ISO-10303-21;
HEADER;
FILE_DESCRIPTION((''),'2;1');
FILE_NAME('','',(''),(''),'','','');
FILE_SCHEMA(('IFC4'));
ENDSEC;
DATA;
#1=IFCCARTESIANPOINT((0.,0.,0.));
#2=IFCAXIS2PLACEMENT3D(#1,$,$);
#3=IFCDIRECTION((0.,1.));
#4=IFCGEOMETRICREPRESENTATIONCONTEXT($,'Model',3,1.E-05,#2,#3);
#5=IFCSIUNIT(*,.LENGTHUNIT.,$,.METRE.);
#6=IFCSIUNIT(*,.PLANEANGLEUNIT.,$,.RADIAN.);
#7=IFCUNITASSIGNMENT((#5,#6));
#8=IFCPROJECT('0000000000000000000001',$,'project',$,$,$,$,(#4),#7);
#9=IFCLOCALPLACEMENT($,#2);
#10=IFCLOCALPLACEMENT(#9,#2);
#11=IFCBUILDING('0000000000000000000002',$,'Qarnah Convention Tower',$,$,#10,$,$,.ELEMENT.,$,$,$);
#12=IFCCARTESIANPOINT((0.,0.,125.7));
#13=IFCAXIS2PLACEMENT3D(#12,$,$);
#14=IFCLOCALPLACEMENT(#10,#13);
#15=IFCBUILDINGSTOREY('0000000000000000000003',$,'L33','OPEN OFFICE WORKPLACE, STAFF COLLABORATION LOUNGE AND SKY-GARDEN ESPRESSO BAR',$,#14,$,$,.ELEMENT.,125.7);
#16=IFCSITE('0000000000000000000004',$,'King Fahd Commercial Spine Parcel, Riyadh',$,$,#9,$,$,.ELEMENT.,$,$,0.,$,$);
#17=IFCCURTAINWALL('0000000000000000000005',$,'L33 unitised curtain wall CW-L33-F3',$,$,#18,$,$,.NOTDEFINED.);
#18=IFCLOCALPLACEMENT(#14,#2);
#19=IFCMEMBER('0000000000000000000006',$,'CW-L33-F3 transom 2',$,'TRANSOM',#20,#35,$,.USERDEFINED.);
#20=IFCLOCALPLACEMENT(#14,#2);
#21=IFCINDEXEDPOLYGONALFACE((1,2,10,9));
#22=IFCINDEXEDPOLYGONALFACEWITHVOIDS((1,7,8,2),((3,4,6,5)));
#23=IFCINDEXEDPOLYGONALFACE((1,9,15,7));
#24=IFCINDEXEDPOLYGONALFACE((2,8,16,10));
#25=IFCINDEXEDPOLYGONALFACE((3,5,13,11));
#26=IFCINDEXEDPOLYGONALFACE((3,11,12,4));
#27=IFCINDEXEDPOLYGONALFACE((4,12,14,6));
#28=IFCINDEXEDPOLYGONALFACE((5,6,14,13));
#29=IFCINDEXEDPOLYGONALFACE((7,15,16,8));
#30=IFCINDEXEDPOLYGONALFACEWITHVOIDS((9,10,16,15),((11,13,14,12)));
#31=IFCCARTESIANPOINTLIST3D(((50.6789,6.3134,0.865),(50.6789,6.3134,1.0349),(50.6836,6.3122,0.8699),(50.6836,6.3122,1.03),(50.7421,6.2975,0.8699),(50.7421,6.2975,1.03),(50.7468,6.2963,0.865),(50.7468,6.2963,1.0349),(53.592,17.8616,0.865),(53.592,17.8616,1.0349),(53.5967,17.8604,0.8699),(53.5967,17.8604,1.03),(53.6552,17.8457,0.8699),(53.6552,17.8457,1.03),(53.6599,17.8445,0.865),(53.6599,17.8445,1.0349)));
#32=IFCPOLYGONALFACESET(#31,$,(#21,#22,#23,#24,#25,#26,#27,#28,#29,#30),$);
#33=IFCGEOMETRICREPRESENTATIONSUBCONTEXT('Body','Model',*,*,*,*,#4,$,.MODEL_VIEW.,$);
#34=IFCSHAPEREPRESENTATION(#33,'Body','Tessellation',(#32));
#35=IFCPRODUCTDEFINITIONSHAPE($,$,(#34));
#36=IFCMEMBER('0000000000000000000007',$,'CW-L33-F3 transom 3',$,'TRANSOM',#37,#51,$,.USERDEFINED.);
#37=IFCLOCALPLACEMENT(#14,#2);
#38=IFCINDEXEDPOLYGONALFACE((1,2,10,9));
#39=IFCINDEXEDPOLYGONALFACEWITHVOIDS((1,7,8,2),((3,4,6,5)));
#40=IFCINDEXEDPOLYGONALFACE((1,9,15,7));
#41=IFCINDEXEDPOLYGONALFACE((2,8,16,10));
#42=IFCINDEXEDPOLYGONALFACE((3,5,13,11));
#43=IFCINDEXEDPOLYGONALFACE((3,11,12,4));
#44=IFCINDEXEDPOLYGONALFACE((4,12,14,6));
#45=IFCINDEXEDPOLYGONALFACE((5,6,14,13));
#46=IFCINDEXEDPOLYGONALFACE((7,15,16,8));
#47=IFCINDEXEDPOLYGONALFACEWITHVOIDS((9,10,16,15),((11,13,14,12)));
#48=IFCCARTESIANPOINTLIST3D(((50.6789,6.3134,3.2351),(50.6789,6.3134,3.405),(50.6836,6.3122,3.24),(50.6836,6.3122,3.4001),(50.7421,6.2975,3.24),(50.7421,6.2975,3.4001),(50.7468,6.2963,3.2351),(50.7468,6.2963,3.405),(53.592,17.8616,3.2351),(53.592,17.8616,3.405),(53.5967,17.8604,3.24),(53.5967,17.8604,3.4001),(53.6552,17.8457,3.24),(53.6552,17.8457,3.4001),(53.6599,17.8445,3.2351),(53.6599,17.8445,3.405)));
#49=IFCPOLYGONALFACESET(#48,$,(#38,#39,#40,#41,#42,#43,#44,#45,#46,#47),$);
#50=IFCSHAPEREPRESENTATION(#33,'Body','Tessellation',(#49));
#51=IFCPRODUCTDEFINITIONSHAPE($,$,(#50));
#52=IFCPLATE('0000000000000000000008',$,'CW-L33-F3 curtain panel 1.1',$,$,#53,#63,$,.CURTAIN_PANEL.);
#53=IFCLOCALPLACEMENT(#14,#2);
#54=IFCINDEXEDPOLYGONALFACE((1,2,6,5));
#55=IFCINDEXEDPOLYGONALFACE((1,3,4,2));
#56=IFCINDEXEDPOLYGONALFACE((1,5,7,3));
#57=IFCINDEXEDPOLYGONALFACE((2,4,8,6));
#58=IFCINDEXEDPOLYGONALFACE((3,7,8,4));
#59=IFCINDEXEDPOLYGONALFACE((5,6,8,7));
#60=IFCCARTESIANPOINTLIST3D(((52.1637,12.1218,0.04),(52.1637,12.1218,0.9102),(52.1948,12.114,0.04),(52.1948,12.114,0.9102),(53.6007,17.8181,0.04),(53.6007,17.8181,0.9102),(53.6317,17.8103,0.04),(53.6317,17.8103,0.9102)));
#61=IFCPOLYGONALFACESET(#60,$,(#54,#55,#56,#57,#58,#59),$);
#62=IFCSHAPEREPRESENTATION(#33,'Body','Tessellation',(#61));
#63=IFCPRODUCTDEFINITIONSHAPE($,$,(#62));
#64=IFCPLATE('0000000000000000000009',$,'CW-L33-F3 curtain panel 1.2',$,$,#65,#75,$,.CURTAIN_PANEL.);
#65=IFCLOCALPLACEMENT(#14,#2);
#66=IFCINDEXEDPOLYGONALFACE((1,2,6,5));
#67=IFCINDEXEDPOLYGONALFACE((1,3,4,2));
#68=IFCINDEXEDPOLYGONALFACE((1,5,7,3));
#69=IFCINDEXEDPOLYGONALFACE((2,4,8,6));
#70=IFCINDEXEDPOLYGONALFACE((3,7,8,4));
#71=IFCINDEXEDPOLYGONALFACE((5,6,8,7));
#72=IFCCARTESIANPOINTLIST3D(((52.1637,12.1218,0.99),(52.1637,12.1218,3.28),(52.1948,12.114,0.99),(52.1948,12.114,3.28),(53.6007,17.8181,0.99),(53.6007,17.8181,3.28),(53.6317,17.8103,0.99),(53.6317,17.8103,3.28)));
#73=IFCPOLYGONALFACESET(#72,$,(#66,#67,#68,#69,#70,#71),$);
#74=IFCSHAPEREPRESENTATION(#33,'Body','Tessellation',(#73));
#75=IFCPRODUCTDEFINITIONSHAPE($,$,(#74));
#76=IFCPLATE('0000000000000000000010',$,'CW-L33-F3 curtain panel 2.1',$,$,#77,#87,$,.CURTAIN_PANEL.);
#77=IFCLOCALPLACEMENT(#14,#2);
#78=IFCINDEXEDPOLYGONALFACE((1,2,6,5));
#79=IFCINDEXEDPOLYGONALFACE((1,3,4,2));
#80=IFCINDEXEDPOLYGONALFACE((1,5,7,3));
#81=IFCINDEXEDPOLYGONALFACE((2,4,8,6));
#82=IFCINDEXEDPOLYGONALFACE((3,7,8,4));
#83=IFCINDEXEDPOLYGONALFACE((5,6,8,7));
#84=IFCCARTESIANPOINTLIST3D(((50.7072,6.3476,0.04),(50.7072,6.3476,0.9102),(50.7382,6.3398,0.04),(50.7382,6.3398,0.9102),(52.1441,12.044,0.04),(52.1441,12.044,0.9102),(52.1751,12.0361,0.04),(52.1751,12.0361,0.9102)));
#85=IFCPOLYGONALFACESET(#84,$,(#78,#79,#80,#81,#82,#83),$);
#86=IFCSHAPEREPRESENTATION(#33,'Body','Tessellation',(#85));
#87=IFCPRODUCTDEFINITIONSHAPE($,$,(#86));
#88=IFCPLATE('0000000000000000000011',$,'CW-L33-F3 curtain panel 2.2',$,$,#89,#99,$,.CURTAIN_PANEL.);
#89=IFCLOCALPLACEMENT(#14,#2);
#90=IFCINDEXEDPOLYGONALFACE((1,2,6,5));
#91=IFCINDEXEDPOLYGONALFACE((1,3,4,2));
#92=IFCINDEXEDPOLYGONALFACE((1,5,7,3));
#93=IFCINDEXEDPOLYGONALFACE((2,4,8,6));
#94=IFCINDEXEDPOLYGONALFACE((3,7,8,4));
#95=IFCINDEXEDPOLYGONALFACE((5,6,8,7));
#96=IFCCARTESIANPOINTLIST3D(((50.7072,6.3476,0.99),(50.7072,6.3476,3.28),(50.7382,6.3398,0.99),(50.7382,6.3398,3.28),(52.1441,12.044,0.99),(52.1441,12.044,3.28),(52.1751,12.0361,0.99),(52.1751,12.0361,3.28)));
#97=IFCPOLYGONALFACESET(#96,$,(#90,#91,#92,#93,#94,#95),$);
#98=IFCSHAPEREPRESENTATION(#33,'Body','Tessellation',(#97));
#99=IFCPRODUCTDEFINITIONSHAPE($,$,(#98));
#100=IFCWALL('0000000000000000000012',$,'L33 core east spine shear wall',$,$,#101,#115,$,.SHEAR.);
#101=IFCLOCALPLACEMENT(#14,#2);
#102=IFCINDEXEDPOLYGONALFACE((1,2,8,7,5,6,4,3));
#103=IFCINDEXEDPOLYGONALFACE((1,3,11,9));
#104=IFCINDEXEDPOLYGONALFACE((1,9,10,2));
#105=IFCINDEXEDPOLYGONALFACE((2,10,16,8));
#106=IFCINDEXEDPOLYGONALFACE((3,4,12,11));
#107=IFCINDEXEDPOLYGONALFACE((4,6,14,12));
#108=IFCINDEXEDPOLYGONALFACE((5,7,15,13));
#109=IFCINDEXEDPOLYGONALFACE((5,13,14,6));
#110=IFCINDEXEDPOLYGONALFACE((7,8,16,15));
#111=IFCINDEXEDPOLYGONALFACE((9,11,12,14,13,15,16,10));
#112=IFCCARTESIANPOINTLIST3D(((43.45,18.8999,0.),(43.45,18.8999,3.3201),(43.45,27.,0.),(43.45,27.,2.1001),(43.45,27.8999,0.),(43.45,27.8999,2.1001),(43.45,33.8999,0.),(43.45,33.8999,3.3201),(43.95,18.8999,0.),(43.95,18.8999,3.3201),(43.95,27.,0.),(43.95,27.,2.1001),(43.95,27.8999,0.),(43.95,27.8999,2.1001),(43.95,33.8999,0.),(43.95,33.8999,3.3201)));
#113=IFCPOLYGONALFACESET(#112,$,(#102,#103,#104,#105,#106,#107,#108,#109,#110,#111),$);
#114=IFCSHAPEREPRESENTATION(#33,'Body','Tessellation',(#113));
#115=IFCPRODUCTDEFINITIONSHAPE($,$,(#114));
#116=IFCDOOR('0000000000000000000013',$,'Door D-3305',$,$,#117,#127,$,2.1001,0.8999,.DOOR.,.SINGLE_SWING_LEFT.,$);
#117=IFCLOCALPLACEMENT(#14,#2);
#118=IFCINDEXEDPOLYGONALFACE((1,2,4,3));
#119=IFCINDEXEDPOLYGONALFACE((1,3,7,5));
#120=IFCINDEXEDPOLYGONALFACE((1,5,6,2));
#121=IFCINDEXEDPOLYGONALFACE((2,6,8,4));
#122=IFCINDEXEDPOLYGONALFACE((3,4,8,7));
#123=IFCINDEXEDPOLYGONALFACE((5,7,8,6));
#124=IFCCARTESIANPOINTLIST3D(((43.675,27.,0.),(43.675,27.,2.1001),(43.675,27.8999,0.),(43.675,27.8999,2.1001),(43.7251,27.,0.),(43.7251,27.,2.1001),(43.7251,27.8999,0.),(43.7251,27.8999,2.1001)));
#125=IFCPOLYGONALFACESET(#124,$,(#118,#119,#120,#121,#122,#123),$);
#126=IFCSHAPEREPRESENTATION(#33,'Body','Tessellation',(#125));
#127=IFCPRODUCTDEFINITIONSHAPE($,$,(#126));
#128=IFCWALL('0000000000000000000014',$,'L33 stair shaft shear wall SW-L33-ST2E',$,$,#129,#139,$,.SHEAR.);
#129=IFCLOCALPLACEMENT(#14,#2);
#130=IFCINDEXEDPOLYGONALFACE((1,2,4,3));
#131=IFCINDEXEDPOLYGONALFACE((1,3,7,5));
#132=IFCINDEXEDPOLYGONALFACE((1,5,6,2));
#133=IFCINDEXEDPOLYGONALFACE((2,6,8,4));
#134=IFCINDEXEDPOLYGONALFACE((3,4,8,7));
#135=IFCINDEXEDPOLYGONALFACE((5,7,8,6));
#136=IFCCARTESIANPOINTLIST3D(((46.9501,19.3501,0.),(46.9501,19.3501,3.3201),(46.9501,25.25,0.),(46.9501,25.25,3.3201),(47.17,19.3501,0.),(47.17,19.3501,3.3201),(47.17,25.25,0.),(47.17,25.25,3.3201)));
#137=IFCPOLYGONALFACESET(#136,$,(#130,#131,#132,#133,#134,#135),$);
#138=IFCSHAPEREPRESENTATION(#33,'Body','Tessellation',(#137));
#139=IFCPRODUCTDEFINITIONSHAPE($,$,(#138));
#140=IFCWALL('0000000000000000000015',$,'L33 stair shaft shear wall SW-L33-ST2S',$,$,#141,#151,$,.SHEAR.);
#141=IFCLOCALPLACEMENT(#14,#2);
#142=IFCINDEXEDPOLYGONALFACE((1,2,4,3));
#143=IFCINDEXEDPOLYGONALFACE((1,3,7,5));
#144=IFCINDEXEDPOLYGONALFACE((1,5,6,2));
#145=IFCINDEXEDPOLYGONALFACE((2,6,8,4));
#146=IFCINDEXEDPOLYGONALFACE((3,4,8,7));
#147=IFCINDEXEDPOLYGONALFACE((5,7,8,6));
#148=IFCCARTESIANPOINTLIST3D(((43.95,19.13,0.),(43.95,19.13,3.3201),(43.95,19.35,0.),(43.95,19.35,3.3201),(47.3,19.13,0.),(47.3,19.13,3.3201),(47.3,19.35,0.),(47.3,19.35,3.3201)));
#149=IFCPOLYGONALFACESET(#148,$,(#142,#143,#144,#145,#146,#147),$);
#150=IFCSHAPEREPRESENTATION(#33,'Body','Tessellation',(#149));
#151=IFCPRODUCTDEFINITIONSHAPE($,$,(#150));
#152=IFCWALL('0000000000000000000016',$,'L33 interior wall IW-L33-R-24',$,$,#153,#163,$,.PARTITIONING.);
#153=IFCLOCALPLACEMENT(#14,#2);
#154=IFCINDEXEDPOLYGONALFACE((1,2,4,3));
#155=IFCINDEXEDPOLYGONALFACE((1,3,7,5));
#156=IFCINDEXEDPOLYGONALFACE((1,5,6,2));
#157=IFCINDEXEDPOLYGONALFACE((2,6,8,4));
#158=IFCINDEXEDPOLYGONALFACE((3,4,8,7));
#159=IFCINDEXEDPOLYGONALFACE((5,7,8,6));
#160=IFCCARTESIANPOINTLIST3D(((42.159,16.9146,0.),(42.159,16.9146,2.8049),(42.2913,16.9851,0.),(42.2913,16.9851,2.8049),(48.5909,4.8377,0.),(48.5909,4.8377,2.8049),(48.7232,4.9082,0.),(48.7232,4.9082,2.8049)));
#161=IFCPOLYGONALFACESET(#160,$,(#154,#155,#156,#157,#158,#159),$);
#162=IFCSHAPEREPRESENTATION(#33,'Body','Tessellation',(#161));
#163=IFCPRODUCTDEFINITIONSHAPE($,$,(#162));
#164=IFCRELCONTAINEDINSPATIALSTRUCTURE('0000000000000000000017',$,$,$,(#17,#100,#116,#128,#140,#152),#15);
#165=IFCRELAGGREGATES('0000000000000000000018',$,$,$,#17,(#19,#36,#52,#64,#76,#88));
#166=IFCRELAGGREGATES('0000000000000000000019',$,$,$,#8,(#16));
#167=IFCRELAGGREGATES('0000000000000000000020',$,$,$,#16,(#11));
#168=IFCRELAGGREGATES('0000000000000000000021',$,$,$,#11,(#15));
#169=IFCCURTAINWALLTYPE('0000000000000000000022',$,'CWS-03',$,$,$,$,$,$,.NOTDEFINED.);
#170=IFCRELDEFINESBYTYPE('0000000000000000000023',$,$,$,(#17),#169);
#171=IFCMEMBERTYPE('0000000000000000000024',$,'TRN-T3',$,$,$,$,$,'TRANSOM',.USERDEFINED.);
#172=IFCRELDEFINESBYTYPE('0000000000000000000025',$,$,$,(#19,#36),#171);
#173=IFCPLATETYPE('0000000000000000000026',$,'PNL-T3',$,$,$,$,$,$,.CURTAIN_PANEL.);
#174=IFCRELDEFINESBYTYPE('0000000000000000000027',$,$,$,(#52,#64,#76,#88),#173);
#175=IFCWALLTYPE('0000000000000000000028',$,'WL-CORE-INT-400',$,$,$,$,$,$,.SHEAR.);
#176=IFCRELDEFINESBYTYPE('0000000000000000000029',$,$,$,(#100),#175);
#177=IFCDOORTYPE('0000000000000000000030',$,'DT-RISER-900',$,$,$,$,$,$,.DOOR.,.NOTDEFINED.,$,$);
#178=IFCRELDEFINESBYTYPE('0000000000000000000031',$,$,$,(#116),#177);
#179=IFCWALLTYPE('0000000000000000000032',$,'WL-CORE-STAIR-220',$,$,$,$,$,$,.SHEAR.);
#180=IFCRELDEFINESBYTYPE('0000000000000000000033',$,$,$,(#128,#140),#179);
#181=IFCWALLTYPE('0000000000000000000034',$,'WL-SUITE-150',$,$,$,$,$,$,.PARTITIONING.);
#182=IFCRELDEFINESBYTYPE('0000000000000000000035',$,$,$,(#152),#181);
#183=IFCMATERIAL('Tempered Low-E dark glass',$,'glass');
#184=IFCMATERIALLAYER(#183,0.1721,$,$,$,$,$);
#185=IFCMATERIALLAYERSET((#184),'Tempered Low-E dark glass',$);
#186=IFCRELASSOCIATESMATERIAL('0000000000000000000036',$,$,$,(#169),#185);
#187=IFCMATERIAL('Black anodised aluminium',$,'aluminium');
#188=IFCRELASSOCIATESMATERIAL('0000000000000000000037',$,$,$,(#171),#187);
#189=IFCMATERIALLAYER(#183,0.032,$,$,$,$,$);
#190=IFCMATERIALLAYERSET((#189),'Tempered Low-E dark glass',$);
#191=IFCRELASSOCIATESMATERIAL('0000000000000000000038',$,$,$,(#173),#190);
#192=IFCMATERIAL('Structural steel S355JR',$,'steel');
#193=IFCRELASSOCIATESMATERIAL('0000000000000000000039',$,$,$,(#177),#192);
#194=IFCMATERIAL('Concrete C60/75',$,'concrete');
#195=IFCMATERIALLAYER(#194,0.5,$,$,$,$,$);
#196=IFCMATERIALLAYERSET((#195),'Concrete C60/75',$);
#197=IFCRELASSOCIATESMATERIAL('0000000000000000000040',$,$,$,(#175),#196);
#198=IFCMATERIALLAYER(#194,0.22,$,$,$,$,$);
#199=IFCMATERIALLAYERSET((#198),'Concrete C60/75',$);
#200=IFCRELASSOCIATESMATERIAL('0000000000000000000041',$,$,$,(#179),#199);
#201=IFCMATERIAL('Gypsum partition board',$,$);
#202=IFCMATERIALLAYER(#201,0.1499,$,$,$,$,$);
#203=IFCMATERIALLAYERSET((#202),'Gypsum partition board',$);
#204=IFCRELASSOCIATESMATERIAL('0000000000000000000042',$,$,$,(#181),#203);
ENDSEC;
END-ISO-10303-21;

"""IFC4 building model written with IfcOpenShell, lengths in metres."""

from ifc_helpers import new_model, si_unit, direction, frame, frame_2d, origin, origin_2d, place, context, subcontext, project, spatial, rectangle, hollow_rectangle, extrude, material, layer, layer_set, material_profile, profile_set, type_object, element, fill, aggregate, save


model = new_model("IFC4")

# Units and contexts
model_context = context("Model", 3, precision=1e-05, world=origin(), true_north=direction((0.0, 1.0)))
body_context = subcontext(model_context, "Body", "Model", "MODEL_VIEW")
ifc_project = project(units=[si_unit("LENGTHUNIT", "METRE"), si_unit("PLANEANGLEUNIT", "RADIAN")], contexts=[model_context])

# Site, building, storey
site_placement = place(None, origin())
site = spatial("IfcSite", under=ifc_project, at=site_placement, Name="King Fahd Commercial Spine Parcel, Riyadh", CompositionType="ELEMENT", RefElevation=0.0)
building_placement = place(site_placement, origin())
building = spatial("IfcBuilding", under=site, at=building_placement, Name="Qarnah Convention Tower", CompositionType="ELEMENT")
storey_placement = place(building_placement, frame((0.0, 0.0, 125.7)))
storey = spatial("IfcBuildingStorey", under=building, at=storey_placement, Name="L33", Description="OPEN OFFICE WORKPLACE, STAFF COLLABORATION LOUNGE AND SKY-GARDEN ESPRESSO BAR", CompositionType="ELEMENT", Elevation=125.7)

# Shared definitions
ifc_material_1 = material(Name="Concrete C60/75", Category="concrete")

# Shared definitions
ifc_material_2 = material(Name="Structural steel S355JR", Category="steel")

# Curtain wall, members, plates
ifc_material_3 = material(Name="Tempered Low-E dark glass", Category="glass")
ifc_layer_1 = layer(ifc_material_3, 0.1721)
ifc_layer_set_1 = layer_set([ifc_layer_1], Name="Tempered Low-E dark glass")
curtain_wall_type = type_object("IfcCurtainWallType", Name="CWS-03", PredefinedType="NOTDEFINED", material=ifc_layer_set_1)
curtain_wall_placement = place(storey_placement, origin())
curtain_wall = element("IfcCurtainWall", 1, at=curtain_wall_placement, inside=storey, type_object=curtain_wall_type, Name="L33 unitised curtain wall CW-L33-F3", PredefinedType="NOTDEFINED")
ifc_material_4 = material(Name="Black anodised aluminium", Category="aluminium")
ifc_material_profile_1 = material_profile(ifc_material_4, hollow_rectangle(XDim=0.0701, YDim=0.1699, WallThickness=0.0049, at=origin_2d()), Name="TRN-70X170")
ifc_profile_set_1 = profile_set([ifc_material_profile_1], Name="Black anodised aluminium")
member_type_1 = type_object("IfcMemberType", Name="TRN-T3", ElementType="TRANSOM", PredefinedType="USERDEFINED", material=ifc_profile_set_1)
member_1_placement = place(storey_placement, frame((53.626, 17.853, 0.95), z_axis=(-0.244595, -0.969625, 0.0), x_axis=(0.969625, -0.244595, 0.0)))
member_1 = element("IfcMember", 2, at=member_1_placement, type_object=member_type_1, Name="CW-L33-F3 transom 2", ObjectType="TRANSOM", PredefinedType="USERDEFINED", context=body_context, shape_type="SweptSolid", body=[
    extrude(hollow_rectangle(XDim=0.0701, YDim=0.1699, WallThickness=0.0049, at=origin_2d()), origin(), (0.0, 0.0, 1.0), 11.9099),
])
member_2_placement = place(storey_placement, frame((53.626, 17.853, 3.3201), z_axis=(-0.244595, -0.969625, 0.0), x_axis=(0.969625, -0.244595, 0.0)))
member_2 = element("IfcMember", 3, at=member_2_placement, type_object=member_type_1, Name="CW-L33-F3 transom 3", ObjectType="TRANSOM", PredefinedType="USERDEFINED", context=body_context, shape_type="SweptSolid", body=[
    extrude(hollow_rectangle(XDim=0.0701, YDim=0.1699, WallThickness=0.0049, at=origin_2d()), origin(), (0.0, 0.0, 1.0), 11.9099),
])
ifc_layer_2 = layer(ifc_material_3, 0.032)
ifc_layer_set_2 = layer_set([ifc_layer_2], Name="Tempered Low-E dark glass")
plate_type = type_object("IfcPlateType", Name="PNL-T3", PredefinedType="CURTAIN_PANEL", material=ifc_layer_set_2)
plate_1_placement = place(storey_placement, frame((52.8977, 14.9661, 0.04), z_axis=(0.0, 0.0, 1.0), x_axis=(-0.24459, -0.969627, 0.0)))
plate_1 = element("IfcPlate", 4, at=plate_1_placement, type_object=plate_type, Name="CW-L33-F3 curtain panel 1.1", PredefinedType="CURTAIN_PANEL", context=body_context, shape_type="SweptSolid", body=[
    extrude(rectangle(XDim=5.8748, YDim=0.032, at=origin_2d()), origin(), (0.0, 0.0, 1.0), 0.8701),
])
plate_2_placement = place(storey_placement, frame((52.8977, 14.9661, 0.99), z_axis=(0.0, 0.0, 1.0), x_axis=(-0.24459, -0.969627, 0.0)))
plate_2 = element("IfcPlate", 5, at=plate_2_placement, type_object=plate_type, Name="CW-L33-F3 curtain panel 1.2", PredefinedType="CURTAIN_PANEL", context=body_context, shape_type="SweptSolid", body=[
    extrude(rectangle(XDim=5.8748, YDim=0.032, at=origin_2d()), origin(), (0.0, 0.0, 1.0), 2.29),
])
plate_3_placement = place(storey_placement, frame((51.4412, 9.1919, 0.04), z_axis=(0.0, 0.0, 1.0), x_axis=(-0.24459, -0.969627, 0.0)))
plate_3 = element("IfcPlate", 6, at=plate_3_placement, type_object=plate_type, Name="CW-L33-F3 curtain panel 2.1", PredefinedType="CURTAIN_PANEL", context=body_context, shape_type="SweptSolid", body=[
    extrude(rectangle(XDim=5.8748, YDim=0.032, at=origin_2d()), origin(), (0.0, 0.0, 1.0), 0.8701),
])
plate_4_placement = place(storey_placement, frame((51.4412, 9.1919, 0.99), z_axis=(0.0, 0.0, 1.0), x_axis=(-0.24459, -0.969627, 0.0)))
plate_4 = element("IfcPlate", 7, at=plate_4_placement, type_object=plate_type, Name="CW-L33-F3 curtain panel 2.2", PredefinedType="CURTAIN_PANEL", context=body_context, shape_type="SweptSolid", body=[
    extrude(rectangle(XDim=5.8748, YDim=0.032, at=origin_2d()), origin(), (0.0, 0.0, 1.0), 2.29),
])
aggregate(curtain_wall, [member_1, member_2, plate_1, plate_2, plate_3, plate_4])

# Shared definitions
door_type_1 = type_object("IfcDoorType", Name="DT-RISER-900", OperationType="NOTDEFINED", PredefinedType="DOOR", material=ifc_material_2)

# Wall, opening, door
ifc_layer_3 = layer(ifc_material_1, 0.5)
ifc_layer_set_3 = layer_set([ifc_layer_3], Name="Concrete C60/75")
wall_type_1 = type_object("IfcWallType", Name="WL-CORE-INT-400", PredefinedType="SHEAR", material=ifc_layer_set_3)
wall_1_placement = place(storey_placement, frame((43.7, 18.8999, 0.0), z_axis=(0.0, 0.0, 1.0), x_axis=(0.0, 1.0, 0.0)))
wall_1 = element("IfcWall", 8, at=wall_1_placement, inside=storey, type_object=wall_type_1, Name="L33 core east spine shear wall", PredefinedType="SHEAR", context=body_context, shape_type="SweptSolid", body=[
    extrude(rectangle(XDim=15.0, YDim=0.5, at=frame_2d((7.5, 0.0))), origin(), (0.0, 0.0, 1.0), 3.3201),
])
opening_1_placement = place(wall_1_placement, frame((8.1001, 0.0, 0.0)))
opening_1 = element("IfcOpeningElement", 9, at=opening_1_placement, cuts=wall_1, PredefinedType="OPENING", context=body_context, shape_type="SweptSolid", body=[
    extrude(rectangle(XDim=0.8999, YDim=2.1001, at=frame_2d((0.45, 1.05))), frame((0.0, 0.26, 0.0), z_axis=(0.0, -1.0, 0.0), x_axis=(1.0, 0.0, 0.0)), (0.0, 0.0, 1.0), 0.52),
])
door_1_placement = place(opening_1_placement, origin())
door_1 = element("IfcDoor", 10, at=door_1_placement, inside=storey, type_object=door_type_1, Name="Door D-3305", OperationType="SINGLE_SWING_LEFT", OverallHeight=2.1001, OverallWidth=0.8999, PredefinedType="DOOR", context=body_context, shape_type="SweptSolid", body=[
    extrude(rectangle(XDim=0.8999, YDim=2.1001, at=frame_2d((0.45, 1.05))), frame((0.0, 0.0249, 0.0), z_axis=(0.0, -1.0, 0.0), x_axis=(1.0, 0.0, 0.0)), (0.0, 0.0, 1.0), 0.05),
])
fill(opening_1, door_1)

# Walls
ifc_layer_4 = layer(ifc_material_1, 0.22)
ifc_layer_set_4 = layer_set([ifc_layer_4], Name="Concrete C60/75")
wall_type_2 = type_object("IfcWallType", Name="WL-CORE-STAIR-220", PredefinedType="SHEAR", material=ifc_layer_set_4)
wall_2_placement = place(storey_placement, frame((47.0601, 19.3501, 0.0), z_axis=(0.0, 0.0, 1.0), x_axis=(0.0, 1.0, 0.0)))
element("IfcWall", 11, at=wall_2_placement, inside=storey, type_object=wall_type_2, Name="L33 stair shaft shear wall SW-L33-ST2E", PredefinedType="SHEAR", context=body_context, shape_type="SweptSolid", body=[
    extrude(rectangle(XDim=5.8999, YDim=0.22, at=frame_2d((2.95, 0.0))), origin(), (0.0, 0.0, 1.0), 3.3201),
])
wall_3_placement = place(storey_placement, frame((43.95, 19.24, 0.0), z_axis=(0.0, 0.0, 1.0), x_axis=(1.0, 0.0, 0.0)))
element("IfcWall", 12, at=wall_3_placement, inside=storey, type_object=wall_type_2, Name="L33 stair shaft shear wall SW-L33-ST2S", PredefinedType="SHEAR", context=body_context, shape_type="SweptSolid", body=[
    extrude(rectangle(XDim=3.3501, YDim=0.22, at=frame_2d((1.675, 0.0))), origin(), (0.0, 0.0, 1.0), 3.3201),
])

# Wall
ifc_material_5 = material(Name="Gypsum partition board")
ifc_layer_5 = layer(ifc_material_5, 0.1499)
ifc_layer_set_5 = layer_set([ifc_layer_5], Name="Gypsum partition board")
wall_type_3 = type_object("IfcWallType", Name="WL-SUITE-150", PredefinedType="PARTITIONING", material=ifc_layer_set_5)
wall_4_placement = place(storey_placement, frame((48.657, 4.873, 0.0), z_axis=(0.0, 0.0, 1.0), x_axis=(-0.470069, 0.88263, 0.0)))
element("IfcWall", 13, at=wall_4_placement, inside=storey, type_object=wall_type_3, Name="L33 interior wall IW-L33-R-24", PredefinedType="PARTITIONING", context=body_context, shape_type="SweptSolid", body=[
    extrude(rectangle(XDim=13.6829, YDim=0.1499, at=frame_2d((6.8413, 0.0))), origin(), (0.0, 0.0, 1.0), 2.8049),
])

save(model, "model.ifc")
